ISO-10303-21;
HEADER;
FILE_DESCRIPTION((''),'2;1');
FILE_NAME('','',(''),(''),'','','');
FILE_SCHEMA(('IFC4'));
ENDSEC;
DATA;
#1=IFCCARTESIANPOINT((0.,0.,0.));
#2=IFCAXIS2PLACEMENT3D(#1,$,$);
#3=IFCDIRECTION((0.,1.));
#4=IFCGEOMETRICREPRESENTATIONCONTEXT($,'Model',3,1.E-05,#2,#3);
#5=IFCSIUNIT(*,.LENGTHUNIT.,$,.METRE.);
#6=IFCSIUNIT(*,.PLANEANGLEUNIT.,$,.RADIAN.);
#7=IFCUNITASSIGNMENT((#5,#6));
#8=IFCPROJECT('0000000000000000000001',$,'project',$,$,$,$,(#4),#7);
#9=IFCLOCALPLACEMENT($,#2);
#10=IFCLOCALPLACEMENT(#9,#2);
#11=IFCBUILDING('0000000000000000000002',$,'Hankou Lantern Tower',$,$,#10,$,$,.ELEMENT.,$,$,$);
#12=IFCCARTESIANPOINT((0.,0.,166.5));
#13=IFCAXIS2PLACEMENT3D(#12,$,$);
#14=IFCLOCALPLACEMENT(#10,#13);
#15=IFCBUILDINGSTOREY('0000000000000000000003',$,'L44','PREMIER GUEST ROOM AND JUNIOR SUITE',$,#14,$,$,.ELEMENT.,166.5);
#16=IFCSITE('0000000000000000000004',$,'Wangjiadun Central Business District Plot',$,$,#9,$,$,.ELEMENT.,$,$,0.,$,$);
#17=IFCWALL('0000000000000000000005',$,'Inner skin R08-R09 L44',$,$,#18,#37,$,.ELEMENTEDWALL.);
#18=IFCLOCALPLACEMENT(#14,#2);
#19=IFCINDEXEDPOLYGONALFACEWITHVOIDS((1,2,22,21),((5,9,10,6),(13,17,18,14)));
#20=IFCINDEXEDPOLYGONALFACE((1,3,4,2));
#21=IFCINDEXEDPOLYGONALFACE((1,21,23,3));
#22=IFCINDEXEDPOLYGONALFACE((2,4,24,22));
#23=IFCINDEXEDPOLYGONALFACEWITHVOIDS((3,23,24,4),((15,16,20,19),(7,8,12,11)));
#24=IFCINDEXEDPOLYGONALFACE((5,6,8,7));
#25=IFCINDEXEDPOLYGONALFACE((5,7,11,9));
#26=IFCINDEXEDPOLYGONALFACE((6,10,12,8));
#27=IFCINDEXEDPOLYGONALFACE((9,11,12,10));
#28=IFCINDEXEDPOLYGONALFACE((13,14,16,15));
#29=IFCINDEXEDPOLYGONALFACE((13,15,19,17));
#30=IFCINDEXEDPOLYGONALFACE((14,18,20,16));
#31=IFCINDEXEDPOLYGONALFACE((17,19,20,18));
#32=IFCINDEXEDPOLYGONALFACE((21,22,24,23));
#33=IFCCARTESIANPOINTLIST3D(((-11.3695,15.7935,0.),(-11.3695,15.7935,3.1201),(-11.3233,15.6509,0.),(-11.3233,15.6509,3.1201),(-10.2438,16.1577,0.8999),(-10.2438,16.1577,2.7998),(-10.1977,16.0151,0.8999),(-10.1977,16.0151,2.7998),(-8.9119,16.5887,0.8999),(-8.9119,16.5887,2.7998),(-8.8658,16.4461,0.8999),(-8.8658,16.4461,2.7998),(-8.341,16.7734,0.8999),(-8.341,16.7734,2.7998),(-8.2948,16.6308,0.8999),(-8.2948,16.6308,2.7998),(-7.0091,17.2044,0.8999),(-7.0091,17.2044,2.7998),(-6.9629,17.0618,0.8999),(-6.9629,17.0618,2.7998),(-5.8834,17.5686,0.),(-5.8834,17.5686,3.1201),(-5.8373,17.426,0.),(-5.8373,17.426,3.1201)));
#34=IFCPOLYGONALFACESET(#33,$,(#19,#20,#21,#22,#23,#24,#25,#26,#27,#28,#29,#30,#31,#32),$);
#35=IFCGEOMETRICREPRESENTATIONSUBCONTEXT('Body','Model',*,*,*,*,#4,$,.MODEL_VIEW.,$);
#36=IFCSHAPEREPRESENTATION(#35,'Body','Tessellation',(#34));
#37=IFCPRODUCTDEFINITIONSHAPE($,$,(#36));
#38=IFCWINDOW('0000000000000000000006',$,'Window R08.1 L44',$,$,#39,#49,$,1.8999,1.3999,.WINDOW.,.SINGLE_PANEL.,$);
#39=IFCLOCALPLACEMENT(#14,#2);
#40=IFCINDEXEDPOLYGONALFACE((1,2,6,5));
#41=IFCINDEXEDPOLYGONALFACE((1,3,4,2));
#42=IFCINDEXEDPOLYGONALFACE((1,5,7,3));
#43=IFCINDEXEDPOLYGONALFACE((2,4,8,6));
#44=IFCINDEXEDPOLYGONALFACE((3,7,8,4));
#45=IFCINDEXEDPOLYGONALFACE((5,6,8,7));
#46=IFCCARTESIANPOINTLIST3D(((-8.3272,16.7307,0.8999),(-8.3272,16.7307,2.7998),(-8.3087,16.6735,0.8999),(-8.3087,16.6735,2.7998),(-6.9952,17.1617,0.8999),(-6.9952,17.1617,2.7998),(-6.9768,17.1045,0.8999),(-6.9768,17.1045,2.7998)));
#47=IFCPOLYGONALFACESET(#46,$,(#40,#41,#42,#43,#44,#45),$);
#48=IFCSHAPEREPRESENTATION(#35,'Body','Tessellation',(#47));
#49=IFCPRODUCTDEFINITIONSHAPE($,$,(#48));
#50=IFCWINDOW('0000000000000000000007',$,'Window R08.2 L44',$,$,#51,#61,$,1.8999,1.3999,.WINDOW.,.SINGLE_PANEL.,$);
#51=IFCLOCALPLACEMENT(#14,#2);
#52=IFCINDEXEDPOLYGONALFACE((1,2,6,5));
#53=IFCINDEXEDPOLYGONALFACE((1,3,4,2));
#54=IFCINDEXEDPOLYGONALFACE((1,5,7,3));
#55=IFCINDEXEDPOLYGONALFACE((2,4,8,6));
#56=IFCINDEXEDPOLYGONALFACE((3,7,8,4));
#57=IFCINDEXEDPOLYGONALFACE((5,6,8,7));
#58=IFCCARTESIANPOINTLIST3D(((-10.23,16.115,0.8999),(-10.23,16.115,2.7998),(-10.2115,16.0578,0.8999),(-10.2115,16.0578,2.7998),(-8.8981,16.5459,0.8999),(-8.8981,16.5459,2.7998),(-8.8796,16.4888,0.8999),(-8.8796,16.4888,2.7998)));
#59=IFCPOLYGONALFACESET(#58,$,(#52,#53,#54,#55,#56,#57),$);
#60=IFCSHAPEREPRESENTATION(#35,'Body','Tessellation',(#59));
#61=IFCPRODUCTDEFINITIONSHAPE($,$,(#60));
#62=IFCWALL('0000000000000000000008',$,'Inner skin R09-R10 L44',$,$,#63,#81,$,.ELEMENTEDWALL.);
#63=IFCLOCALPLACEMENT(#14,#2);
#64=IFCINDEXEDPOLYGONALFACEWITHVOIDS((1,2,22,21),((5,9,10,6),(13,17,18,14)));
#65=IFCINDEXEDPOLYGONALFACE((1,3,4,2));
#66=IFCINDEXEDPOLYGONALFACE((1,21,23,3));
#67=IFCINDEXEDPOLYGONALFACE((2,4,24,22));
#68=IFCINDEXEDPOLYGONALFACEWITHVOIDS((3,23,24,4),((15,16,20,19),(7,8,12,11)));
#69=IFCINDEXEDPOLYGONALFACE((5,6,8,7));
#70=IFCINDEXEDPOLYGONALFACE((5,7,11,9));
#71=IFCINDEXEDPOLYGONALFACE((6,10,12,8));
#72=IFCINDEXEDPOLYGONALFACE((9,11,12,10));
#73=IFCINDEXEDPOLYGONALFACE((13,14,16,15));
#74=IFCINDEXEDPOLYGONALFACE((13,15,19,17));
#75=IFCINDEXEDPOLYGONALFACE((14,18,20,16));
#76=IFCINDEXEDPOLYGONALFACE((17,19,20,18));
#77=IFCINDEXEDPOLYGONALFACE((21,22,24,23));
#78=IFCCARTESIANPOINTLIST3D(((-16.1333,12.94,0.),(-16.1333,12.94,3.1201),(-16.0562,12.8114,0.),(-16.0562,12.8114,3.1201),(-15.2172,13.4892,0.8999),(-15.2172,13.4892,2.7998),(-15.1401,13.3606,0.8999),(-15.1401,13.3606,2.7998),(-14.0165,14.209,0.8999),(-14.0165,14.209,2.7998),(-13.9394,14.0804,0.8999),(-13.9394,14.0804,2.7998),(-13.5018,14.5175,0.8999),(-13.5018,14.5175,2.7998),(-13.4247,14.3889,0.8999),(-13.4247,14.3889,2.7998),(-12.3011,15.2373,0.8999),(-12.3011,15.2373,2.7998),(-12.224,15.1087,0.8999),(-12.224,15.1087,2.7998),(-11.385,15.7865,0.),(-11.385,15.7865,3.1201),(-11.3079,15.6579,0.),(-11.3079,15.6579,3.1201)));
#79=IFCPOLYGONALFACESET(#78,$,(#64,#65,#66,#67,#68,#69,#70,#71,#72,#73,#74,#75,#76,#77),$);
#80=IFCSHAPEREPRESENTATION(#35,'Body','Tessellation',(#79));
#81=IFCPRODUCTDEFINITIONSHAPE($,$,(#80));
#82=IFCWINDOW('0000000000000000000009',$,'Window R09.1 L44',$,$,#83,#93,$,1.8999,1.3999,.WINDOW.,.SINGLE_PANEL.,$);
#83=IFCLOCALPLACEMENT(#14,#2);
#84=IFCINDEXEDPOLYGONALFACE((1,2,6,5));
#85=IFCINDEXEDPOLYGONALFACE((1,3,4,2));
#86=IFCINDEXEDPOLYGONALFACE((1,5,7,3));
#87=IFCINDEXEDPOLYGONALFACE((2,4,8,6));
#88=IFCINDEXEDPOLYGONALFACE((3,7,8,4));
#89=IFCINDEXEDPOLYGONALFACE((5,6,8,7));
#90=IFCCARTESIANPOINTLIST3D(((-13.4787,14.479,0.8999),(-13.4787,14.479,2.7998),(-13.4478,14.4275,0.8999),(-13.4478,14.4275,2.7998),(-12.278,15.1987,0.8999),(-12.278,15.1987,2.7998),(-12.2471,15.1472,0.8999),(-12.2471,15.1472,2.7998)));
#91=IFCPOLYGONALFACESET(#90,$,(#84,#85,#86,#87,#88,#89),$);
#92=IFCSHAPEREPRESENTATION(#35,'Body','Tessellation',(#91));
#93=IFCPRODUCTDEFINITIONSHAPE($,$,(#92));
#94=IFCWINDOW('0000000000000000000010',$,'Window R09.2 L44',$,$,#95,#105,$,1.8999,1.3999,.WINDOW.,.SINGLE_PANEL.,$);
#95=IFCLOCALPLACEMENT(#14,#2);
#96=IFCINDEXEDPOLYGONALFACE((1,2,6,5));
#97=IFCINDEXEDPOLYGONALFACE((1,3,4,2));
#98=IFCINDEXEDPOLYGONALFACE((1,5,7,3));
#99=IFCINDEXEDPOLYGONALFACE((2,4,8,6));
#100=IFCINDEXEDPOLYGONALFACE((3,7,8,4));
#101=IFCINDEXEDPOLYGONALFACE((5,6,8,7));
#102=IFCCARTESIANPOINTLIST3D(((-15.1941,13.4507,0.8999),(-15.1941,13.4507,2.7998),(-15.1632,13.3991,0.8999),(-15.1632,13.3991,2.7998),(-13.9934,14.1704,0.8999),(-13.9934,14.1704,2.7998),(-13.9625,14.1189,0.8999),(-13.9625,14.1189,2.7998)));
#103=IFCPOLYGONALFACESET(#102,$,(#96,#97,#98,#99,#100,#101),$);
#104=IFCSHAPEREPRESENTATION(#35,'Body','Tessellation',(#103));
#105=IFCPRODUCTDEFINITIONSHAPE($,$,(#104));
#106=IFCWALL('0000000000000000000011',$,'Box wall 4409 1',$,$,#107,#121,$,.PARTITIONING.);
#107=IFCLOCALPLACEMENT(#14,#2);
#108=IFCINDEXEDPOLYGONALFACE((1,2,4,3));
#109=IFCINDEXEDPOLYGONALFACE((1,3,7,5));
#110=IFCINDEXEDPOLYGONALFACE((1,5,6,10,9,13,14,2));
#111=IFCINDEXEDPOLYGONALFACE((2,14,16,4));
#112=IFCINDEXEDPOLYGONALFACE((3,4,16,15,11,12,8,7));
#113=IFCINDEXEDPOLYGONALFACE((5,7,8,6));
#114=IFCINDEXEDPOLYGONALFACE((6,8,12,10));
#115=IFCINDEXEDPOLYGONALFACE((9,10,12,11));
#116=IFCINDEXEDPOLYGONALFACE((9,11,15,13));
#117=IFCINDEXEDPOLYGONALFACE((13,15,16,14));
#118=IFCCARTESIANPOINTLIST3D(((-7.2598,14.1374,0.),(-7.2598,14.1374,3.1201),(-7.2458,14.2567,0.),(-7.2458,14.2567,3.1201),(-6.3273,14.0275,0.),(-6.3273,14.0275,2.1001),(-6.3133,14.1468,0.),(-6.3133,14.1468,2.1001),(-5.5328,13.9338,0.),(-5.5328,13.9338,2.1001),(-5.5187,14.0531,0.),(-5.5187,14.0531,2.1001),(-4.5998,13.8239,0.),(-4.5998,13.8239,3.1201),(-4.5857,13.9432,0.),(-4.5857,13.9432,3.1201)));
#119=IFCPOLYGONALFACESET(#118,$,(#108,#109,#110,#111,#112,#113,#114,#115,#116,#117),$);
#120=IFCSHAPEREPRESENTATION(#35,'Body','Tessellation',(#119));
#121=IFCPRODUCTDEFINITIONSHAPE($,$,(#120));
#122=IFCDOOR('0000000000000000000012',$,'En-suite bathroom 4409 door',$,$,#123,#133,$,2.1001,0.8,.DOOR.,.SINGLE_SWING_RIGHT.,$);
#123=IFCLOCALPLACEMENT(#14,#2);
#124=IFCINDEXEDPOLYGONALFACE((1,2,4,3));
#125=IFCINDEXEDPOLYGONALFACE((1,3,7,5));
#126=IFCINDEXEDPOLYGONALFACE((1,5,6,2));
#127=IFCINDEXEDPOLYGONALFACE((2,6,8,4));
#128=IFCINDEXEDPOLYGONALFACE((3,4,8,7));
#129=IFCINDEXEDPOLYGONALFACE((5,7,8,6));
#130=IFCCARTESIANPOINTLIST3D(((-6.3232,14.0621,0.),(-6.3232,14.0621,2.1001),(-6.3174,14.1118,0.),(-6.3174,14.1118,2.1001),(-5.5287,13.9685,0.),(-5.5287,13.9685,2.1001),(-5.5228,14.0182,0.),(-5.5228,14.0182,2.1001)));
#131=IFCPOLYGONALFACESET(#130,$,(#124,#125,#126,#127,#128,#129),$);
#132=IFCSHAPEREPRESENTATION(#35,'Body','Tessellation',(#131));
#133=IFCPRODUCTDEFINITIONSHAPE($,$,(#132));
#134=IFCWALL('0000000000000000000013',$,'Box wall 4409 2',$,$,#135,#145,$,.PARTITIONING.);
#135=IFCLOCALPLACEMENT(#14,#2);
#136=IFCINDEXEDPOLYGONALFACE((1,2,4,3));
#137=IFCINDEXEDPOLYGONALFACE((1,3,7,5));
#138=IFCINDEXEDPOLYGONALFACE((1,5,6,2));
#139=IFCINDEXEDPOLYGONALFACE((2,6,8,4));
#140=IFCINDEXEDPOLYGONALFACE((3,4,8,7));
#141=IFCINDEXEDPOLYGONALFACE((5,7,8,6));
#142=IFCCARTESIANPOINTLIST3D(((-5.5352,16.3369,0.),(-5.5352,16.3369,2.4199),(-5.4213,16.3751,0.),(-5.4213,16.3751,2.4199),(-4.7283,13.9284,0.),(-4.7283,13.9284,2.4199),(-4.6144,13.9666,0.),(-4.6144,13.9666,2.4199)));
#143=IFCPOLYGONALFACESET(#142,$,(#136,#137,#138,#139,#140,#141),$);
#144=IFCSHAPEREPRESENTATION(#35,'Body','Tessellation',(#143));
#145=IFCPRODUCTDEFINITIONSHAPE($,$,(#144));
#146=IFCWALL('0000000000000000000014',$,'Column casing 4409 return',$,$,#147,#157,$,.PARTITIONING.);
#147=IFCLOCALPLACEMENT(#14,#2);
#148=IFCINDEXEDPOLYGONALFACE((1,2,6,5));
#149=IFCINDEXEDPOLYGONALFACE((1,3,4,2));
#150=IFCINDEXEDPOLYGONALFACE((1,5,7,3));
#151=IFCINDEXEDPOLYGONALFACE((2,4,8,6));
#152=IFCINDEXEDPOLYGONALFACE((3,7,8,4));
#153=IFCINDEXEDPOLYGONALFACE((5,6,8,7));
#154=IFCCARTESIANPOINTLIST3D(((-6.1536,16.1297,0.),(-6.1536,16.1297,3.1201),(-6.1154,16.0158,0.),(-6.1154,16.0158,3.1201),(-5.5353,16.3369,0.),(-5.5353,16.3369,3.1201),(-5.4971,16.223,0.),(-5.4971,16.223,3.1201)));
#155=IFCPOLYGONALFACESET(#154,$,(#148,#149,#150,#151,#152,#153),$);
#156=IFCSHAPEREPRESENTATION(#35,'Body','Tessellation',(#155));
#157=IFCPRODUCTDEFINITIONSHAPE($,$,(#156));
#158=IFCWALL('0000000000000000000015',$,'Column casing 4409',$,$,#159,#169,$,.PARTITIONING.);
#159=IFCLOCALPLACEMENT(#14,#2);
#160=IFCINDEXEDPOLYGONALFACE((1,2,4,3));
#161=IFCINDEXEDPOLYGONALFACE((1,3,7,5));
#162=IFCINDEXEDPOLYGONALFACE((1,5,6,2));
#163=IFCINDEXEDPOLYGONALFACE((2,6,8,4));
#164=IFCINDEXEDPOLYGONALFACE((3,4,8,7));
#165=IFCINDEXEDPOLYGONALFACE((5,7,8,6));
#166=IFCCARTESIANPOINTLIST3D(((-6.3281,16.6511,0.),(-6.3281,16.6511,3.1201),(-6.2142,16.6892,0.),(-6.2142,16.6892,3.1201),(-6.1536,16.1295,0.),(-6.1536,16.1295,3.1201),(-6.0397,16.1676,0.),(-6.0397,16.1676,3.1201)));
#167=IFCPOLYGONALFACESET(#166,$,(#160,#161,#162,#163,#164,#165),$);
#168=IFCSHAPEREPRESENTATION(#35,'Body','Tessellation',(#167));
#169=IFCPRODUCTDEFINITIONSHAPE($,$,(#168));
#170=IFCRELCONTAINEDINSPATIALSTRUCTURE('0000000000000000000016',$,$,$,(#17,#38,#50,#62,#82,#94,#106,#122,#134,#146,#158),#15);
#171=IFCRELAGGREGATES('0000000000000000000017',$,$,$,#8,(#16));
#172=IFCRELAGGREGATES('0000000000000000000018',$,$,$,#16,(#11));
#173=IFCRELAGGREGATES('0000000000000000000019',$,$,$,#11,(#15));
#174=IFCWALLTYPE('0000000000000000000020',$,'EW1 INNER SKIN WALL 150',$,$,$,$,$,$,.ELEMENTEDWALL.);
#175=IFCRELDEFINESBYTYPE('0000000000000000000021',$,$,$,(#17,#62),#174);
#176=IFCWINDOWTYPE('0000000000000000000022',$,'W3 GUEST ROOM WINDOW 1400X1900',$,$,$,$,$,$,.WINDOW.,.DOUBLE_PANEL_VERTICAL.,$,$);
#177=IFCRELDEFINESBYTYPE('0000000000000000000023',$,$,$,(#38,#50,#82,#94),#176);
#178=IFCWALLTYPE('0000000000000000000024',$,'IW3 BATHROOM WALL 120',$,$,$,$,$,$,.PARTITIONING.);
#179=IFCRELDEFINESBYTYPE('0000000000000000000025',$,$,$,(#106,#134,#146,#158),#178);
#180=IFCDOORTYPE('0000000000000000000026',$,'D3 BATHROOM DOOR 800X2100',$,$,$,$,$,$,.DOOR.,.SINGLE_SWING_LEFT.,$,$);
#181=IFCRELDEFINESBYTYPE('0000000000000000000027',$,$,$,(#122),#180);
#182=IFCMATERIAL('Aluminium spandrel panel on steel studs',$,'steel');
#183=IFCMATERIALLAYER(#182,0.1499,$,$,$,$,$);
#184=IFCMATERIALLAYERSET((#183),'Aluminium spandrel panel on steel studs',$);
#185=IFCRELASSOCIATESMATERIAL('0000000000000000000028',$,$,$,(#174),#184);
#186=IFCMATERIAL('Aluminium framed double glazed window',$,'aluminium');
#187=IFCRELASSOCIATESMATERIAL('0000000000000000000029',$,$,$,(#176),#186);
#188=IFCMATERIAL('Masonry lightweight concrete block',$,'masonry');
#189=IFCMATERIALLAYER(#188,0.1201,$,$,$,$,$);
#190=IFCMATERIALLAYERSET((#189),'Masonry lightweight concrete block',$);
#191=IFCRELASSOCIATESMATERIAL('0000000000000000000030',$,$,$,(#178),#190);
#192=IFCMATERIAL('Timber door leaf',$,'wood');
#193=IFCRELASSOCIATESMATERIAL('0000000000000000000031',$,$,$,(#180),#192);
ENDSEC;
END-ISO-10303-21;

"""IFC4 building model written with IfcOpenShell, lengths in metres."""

from ifc_helpers import new_model, si_unit, direction, frame, frame_2d, origin, place, context, subcontext, project, spatial, rectangle, extrude, material, layer, layer_set, type_object, element, fill, save


model = new_model("IFC4")

# Units and contexts
model_context = context("Model", 3, precision=1e-05, world=origin(), true_north=direction((0.0, 1.0)))
body_context = subcontext(model_context, "Body", "Model", "MODEL_VIEW")
ifc_project = project(units=[si_unit("LENGTHUNIT", "METRE"), si_unit("PLANEANGLEUNIT", "RADIAN")], contexts=[model_context])

# Site, building, storey
site_placement = place(None, origin())
site = spatial("IfcSite", under=ifc_project, at=site_placement, Name="Wangjiadun Central Business District Plot", CompositionType="ELEMENT", RefElevation=0.0)
building_placement = place(site_placement, origin())
building = spatial("IfcBuilding", under=site, at=building_placement, Name="Hankou Lantern Tower", CompositionType="ELEMENT")
storey_placement = place(building_placement, frame((0.0, 0.0, 166.5)))
storey = spatial("IfcBuildingStorey", under=building, at=storey_placement, Name="L44", Description="PREMIER GUEST ROOM AND JUNIOR SUITE", CompositionType="ELEMENT", Elevation=166.5)

# Walls, openings, windows
ifc_material_1 = material(Name="Aluminium spandrel panel on steel studs", Category="steel")
ifc_layer_1 = layer(ifc_material_1, 0.1499)
ifc_layer_set_1 = layer_set([ifc_layer_1], Name="Aluminium spandrel panel on steel studs")
wall_type_1 = type_object("IfcWallType", Name="EW1 INNER SKIN WALL 150", PredefinedType="ELEMENTEDWALL", material=ifc_layer_set_1)
wall_1_placement = place(storey_placement, frame((-5.8604, 17.4973, 0.0), z_axis=(0.0, 0.0, 1.0), x_axis=(-0.951432, -0.307857, 0.0)))
wall_1 = element("IfcWall", 1, at=wall_1_placement, inside=storey, type_object=wall_type_1, Name="Inner skin R08-R09 L44", PredefinedType="ELEMENTEDWALL", context=body_context, shape_type="SweptSolid", body=[
    extrude(rectangle(XDim=5.7661, YDim=0.1499, at=frame_2d((2.8831, 0.0))), origin(), (0.0, 0.0, 1.0), 3.1201),
])
opening_1_placement = place(wall_1_placement, frame((1.1831, 0.0, 0.8999)))
opening_1 = element("IfcOpeningElement", 2, at=opening_1_placement, cuts=wall_1, PredefinedType="OPENING", context=body_context, shape_type="SweptSolid", body=[
    extrude(rectangle(XDim=1.3999, YDim=1.8999, at=frame_2d((0.7, 0.95))), frame((0.0, 0.085, 0.0), z_axis=(0.0, -1.0, 0.0), x_axis=(1.0, 0.0, 0.0)), (0.0, 0.0, 1.0), 0.1699),
])
opening_2_placement = place(wall_1_placement, frame((3.1831, 0.0, 0.8999)))
opening_2 = element("IfcOpeningElement", 3, at=opening_2_placement, cuts=wall_1, PredefinedType="OPENING", context=body_context, shape_type="SweptSolid", body=[
    extrude(rectangle(XDim=1.3999, YDim=1.8999, at=frame_2d((0.7, 0.95))), frame((0.0, 0.085, 0.0), z_axis=(0.0, -1.0, 0.0), x_axis=(1.0, 0.0, 0.0)), (0.0, 0.0, 1.0), 0.1699),
])
ifc_material_2 = material(Name="Aluminium framed double glazed window", Category="aluminium")
window_type = type_object("IfcWindowType", Name="W3 GUEST ROOM WINDOW 1400X1900", PartitioningType="DOUBLE_PANEL_VERTICAL", PredefinedType="WINDOW", material=ifc_material_2)
window_1_placement = place(opening_1_placement, origin())
window_1 = element("IfcWindow", 4, at=window_1_placement, inside=storey, type_object=window_type, Name="Window R08.1 L44", OverallHeight=1.8999, OverallWidth=1.3999, PartitioningType="SINGLE_PANEL", PredefinedType="WINDOW", context=body_context, shape_type="SweptSolid", body=[
    extrude(rectangle(XDim=1.3999, YDim=1.8999, at=frame_2d((0.7, 0.95))), frame((0.0, 0.03, 0.0), z_axis=(0.0, -1.0, 0.0), x_axis=(1.0, 0.0, 0.0)), (0.0, 0.0, 1.0), 0.0601),
])
fill(opening_1, window_1)
window_2_placement = place(opening_2_placement, origin())
window_2 = element("IfcWindow", 5, at=window_2_placement, inside=storey, type_object=window_type, Name="Window R08.2 L44", OverallHeight=1.8999, OverallWidth=1.3999, PartitioningType="SINGLE_PANEL", PredefinedType="WINDOW", context=body_context, shape_type="SweptSolid", body=[
    extrude(rectangle(XDim=1.3999, YDim=1.8999, at=frame_2d((0.7, 0.95))), frame((0.0, 0.03, 0.0), z_axis=(0.0, -1.0, 0.0), x_axis=(1.0, 0.0, 0.0)), (0.0, 0.0, 1.0), 0.0601),
])
fill(opening_2, window_2)
wall_2_placement = place(storey_placement, frame((-11.3464, 15.7222, 0.0), z_axis=(0.0, 0.0, 1.0), x_axis=(-0.857695, -0.514158, 0.0)))
wall_2 = element("IfcWall", 6, at=wall_2_placement, inside=storey, type_object=wall_type_1, Name="Inner skin R09-R10 L44", PredefinedType="ELEMENTEDWALL", context=body_context, shape_type="SweptSolid", body=[
    extrude(rectangle(XDim=5.5361, YDim=0.1499, at=frame_2d((2.7681, 0.0))), origin(), (0.0, 0.0, 1.0), 3.1201),
])
opening_3_placement = place(wall_2_placement, frame((1.0681, 0.0, 0.8999)))
opening_3 = element("IfcOpeningElement", 7, at=opening_3_placement, cuts=wall_2, PredefinedType="OPENING", context=body_context, shape_type="SweptSolid", body=[
    extrude(rectangle(XDim=1.3999, YDim=1.8999, at=frame_2d((0.7, 0.95))), frame((0.0, 0.085, 0.0), z_axis=(0.0, -1.0, 0.0), x_axis=(1.0, 0.0, 0.0)), (0.0, 0.0, 1.0), 0.1699),
])
opening_4_placement = place(wall_2_placement, frame((3.0681, 0.0, 0.8999)))
opening_4 = element("IfcOpeningElement", 8, at=opening_4_placement, cuts=wall_2, PredefinedType="OPENING", context=body_context, shape_type="SweptSolid", body=[
    extrude(rectangle(XDim=1.3999, YDim=1.8999, at=frame_2d((0.7, 0.95))), frame((0.0, 0.085, 0.0), z_axis=(0.0, -1.0, 0.0), x_axis=(1.0, 0.0, 0.0)), (0.0, 0.0, 1.0), 0.1699),
])
window_3_placement = place(opening_3_placement, origin())
window_3 = element("IfcWindow", 9, at=window_3_placement, inside=storey, type_object=window_type, Name="Window R09.1 L44", OverallHeight=1.8999, OverallWidth=1.3999, PartitioningType="SINGLE_PANEL", PredefinedType="WINDOW", context=body_context, shape_type="SweptSolid", body=[
    extrude(rectangle(XDim=1.3999, YDim=1.8999, at=frame_2d((0.7, 0.95))), frame((0.0, 0.03, 0.0), z_axis=(0.0, -1.0, 0.0), x_axis=(1.0, 0.0, 0.0)), (0.0, 0.0, 1.0), 0.0601),
])
fill(opening_3, window_3)
window_4_placement = place(opening_4_placement, origin())
window_4 = element("IfcWindow", 10, at=window_4_placement, inside=storey, type_object=window_type, Name="Window R09.2 L44", OverallHeight=1.8999, OverallWidth=1.3999, PartitioningType="SINGLE_PANEL", PredefinedType="WINDOW", context=body_context, shape_type="SweptSolid", body=[
    extrude(rectangle(XDim=1.3999, YDim=1.8999, at=frame_2d((0.7, 0.95))), frame((0.0, 0.03, 0.0), z_axis=(0.0, -1.0, 0.0), x_axis=(1.0, 0.0, 0.0)), (0.0, 0.0, 1.0), 0.0601),
])
fill(opening_4, window_4)

# Wall, opening, door
ifc_material_3 = material(Name="Masonry lightweight concrete block", Category="masonry")
ifc_layer_2 = layer(ifc_material_3, 0.1201)
ifc_layer_set_2 = layer_set([ifc_layer_2], Name="Masonry lightweight concrete block")
wall_type_2 = type_object("IfcWallType", Name="IW3 BATHROOM WALL 120", PredefinedType="PARTITIONING", material=ifc_layer_set_2)
wall_3_placement = place(storey_placement, frame((-7.2529, 14.197, 0.0), z_axis=(0.0, 0.0, 1.0), x_axis=(0.993128, -0.117032, 0.0)))
wall_3 = element("IfcWall", 11, at=wall_3_placement, inside=storey, type_object=wall_type_2, Name="Box wall 4409 1", PredefinedType="PARTITIONING", context=body_context, shape_type="SweptSolid", body=[
    extrude(rectangle(XDim=2.6785, YDim=0.1201, at=frame_2d((1.3394, 0.0))), origin(), (0.0, 0.0, 1.0), 3.1201),
])
opening_5_placement = place(wall_3_placement, frame((0.9392, 0.0, 0.0)))
opening_5 = element("IfcOpeningElement", 12, at=opening_5_placement, cuts=wall_3, PredefinedType="OPENING", context=body_context, shape_type="SweptSolid", body=[
    extrude(rectangle(XDim=0.8, YDim=2.1001, at=frame_2d((0.3999, 1.05))), frame((0.0, 0.0701, 0.0), z_axis=(0.0, -1.0, 0.0), x_axis=(1.0, 0.0, 0.0)), (0.0, 0.0, 1.0), 0.1401),
])
ifc_material_4 = material(Name="Timber door leaf", Category="wood")
door_type = type_object("IfcDoorType", Name="D3 BATHROOM DOOR 800X2100", OperationType="SINGLE_SWING_LEFT", PredefinedType="DOOR", material=ifc_material_4)
door_placement = place(opening_5_placement, origin())
door = element("IfcDoor", 13, at=door_placement, inside=storey, type_object=door_type, Name="En-suite bathroom 4409 door", OperationType="SINGLE_SWING_RIGHT", OverallHeight=2.1001, OverallWidth=0.8, PredefinedType="DOOR", context=body_context, shape_type="SweptSolid", body=[
    extrude(rectangle(XDim=0.8, YDim=2.1001, at=frame_2d((0.3999, 1.05))), frame((0.0, 0.0249, 0.0), z_axis=(0.0, -1.0, 0.0), x_axis=(1.0, 0.0, 0.0)), (0.0, 0.0, 1.0), 0.05),
])
fill(opening_5, door)

# Walls
wall_4_placement = place(storey_placement, frame((-4.6714, 13.9475, 0.0), z_axis=(0.0, 0.0, 1.0), x_axis=(-0.317669, 0.948202, 0.0)))
element("IfcWall", 14, at=wall_4_placement, inside=storey, type_object=wall_type_2, Name="Box wall 4409 2", PredefinedType="PARTITIONING", context=body_context, shape_type="SweptSolid", body=[
    extrude(rectangle(XDim=2.54, YDim=0.1201, at=frame_2d((1.27, 0.0))), origin(), (0.0, 0.0, 1.0), 2.4199),
])
wall_5_placement = place(storey_placement, frame((-5.5161, 16.28, 0.0), z_axis=(0.0, 0.0, 1.0), x_axis=(-0.948158, -0.317799, 0.0)))
element("IfcWall", 15, at=wall_5_placement, inside=storey, type_object=wall_type_2, Name="Column casing 4409 return", PredefinedType="PARTITIONING", context=body_context, shape_type="SweptSolid", body=[
    extrude(rectangle(XDim=0.6521, YDim=0.1201, at=frame_2d((0.3262, 0.0))), origin(), (0.0, 0.0, 1.0), 3.1201),
])
wall_6_placement = place(storey_placement, frame((-6.0967, 16.1487, 0.0), z_axis=(0.0, 0.0, 1.0), x_axis=(-0.317293, 0.948328, 0.0)))
element("IfcWall", 16, at=wall_6_placement, inside=storey, type_object=wall_type_2, Name="Column casing 4409", PredefinedType="PARTITIONING", context=body_context, shape_type="SweptSolid", body=[
    extrude(rectangle(XDim=0.55, YDim=0.1201, at=frame_2d((0.2749, 0.0))), origin(), (0.0, 0.0, 1.0), 3.1201),
])

save(model, "model.ifc")
